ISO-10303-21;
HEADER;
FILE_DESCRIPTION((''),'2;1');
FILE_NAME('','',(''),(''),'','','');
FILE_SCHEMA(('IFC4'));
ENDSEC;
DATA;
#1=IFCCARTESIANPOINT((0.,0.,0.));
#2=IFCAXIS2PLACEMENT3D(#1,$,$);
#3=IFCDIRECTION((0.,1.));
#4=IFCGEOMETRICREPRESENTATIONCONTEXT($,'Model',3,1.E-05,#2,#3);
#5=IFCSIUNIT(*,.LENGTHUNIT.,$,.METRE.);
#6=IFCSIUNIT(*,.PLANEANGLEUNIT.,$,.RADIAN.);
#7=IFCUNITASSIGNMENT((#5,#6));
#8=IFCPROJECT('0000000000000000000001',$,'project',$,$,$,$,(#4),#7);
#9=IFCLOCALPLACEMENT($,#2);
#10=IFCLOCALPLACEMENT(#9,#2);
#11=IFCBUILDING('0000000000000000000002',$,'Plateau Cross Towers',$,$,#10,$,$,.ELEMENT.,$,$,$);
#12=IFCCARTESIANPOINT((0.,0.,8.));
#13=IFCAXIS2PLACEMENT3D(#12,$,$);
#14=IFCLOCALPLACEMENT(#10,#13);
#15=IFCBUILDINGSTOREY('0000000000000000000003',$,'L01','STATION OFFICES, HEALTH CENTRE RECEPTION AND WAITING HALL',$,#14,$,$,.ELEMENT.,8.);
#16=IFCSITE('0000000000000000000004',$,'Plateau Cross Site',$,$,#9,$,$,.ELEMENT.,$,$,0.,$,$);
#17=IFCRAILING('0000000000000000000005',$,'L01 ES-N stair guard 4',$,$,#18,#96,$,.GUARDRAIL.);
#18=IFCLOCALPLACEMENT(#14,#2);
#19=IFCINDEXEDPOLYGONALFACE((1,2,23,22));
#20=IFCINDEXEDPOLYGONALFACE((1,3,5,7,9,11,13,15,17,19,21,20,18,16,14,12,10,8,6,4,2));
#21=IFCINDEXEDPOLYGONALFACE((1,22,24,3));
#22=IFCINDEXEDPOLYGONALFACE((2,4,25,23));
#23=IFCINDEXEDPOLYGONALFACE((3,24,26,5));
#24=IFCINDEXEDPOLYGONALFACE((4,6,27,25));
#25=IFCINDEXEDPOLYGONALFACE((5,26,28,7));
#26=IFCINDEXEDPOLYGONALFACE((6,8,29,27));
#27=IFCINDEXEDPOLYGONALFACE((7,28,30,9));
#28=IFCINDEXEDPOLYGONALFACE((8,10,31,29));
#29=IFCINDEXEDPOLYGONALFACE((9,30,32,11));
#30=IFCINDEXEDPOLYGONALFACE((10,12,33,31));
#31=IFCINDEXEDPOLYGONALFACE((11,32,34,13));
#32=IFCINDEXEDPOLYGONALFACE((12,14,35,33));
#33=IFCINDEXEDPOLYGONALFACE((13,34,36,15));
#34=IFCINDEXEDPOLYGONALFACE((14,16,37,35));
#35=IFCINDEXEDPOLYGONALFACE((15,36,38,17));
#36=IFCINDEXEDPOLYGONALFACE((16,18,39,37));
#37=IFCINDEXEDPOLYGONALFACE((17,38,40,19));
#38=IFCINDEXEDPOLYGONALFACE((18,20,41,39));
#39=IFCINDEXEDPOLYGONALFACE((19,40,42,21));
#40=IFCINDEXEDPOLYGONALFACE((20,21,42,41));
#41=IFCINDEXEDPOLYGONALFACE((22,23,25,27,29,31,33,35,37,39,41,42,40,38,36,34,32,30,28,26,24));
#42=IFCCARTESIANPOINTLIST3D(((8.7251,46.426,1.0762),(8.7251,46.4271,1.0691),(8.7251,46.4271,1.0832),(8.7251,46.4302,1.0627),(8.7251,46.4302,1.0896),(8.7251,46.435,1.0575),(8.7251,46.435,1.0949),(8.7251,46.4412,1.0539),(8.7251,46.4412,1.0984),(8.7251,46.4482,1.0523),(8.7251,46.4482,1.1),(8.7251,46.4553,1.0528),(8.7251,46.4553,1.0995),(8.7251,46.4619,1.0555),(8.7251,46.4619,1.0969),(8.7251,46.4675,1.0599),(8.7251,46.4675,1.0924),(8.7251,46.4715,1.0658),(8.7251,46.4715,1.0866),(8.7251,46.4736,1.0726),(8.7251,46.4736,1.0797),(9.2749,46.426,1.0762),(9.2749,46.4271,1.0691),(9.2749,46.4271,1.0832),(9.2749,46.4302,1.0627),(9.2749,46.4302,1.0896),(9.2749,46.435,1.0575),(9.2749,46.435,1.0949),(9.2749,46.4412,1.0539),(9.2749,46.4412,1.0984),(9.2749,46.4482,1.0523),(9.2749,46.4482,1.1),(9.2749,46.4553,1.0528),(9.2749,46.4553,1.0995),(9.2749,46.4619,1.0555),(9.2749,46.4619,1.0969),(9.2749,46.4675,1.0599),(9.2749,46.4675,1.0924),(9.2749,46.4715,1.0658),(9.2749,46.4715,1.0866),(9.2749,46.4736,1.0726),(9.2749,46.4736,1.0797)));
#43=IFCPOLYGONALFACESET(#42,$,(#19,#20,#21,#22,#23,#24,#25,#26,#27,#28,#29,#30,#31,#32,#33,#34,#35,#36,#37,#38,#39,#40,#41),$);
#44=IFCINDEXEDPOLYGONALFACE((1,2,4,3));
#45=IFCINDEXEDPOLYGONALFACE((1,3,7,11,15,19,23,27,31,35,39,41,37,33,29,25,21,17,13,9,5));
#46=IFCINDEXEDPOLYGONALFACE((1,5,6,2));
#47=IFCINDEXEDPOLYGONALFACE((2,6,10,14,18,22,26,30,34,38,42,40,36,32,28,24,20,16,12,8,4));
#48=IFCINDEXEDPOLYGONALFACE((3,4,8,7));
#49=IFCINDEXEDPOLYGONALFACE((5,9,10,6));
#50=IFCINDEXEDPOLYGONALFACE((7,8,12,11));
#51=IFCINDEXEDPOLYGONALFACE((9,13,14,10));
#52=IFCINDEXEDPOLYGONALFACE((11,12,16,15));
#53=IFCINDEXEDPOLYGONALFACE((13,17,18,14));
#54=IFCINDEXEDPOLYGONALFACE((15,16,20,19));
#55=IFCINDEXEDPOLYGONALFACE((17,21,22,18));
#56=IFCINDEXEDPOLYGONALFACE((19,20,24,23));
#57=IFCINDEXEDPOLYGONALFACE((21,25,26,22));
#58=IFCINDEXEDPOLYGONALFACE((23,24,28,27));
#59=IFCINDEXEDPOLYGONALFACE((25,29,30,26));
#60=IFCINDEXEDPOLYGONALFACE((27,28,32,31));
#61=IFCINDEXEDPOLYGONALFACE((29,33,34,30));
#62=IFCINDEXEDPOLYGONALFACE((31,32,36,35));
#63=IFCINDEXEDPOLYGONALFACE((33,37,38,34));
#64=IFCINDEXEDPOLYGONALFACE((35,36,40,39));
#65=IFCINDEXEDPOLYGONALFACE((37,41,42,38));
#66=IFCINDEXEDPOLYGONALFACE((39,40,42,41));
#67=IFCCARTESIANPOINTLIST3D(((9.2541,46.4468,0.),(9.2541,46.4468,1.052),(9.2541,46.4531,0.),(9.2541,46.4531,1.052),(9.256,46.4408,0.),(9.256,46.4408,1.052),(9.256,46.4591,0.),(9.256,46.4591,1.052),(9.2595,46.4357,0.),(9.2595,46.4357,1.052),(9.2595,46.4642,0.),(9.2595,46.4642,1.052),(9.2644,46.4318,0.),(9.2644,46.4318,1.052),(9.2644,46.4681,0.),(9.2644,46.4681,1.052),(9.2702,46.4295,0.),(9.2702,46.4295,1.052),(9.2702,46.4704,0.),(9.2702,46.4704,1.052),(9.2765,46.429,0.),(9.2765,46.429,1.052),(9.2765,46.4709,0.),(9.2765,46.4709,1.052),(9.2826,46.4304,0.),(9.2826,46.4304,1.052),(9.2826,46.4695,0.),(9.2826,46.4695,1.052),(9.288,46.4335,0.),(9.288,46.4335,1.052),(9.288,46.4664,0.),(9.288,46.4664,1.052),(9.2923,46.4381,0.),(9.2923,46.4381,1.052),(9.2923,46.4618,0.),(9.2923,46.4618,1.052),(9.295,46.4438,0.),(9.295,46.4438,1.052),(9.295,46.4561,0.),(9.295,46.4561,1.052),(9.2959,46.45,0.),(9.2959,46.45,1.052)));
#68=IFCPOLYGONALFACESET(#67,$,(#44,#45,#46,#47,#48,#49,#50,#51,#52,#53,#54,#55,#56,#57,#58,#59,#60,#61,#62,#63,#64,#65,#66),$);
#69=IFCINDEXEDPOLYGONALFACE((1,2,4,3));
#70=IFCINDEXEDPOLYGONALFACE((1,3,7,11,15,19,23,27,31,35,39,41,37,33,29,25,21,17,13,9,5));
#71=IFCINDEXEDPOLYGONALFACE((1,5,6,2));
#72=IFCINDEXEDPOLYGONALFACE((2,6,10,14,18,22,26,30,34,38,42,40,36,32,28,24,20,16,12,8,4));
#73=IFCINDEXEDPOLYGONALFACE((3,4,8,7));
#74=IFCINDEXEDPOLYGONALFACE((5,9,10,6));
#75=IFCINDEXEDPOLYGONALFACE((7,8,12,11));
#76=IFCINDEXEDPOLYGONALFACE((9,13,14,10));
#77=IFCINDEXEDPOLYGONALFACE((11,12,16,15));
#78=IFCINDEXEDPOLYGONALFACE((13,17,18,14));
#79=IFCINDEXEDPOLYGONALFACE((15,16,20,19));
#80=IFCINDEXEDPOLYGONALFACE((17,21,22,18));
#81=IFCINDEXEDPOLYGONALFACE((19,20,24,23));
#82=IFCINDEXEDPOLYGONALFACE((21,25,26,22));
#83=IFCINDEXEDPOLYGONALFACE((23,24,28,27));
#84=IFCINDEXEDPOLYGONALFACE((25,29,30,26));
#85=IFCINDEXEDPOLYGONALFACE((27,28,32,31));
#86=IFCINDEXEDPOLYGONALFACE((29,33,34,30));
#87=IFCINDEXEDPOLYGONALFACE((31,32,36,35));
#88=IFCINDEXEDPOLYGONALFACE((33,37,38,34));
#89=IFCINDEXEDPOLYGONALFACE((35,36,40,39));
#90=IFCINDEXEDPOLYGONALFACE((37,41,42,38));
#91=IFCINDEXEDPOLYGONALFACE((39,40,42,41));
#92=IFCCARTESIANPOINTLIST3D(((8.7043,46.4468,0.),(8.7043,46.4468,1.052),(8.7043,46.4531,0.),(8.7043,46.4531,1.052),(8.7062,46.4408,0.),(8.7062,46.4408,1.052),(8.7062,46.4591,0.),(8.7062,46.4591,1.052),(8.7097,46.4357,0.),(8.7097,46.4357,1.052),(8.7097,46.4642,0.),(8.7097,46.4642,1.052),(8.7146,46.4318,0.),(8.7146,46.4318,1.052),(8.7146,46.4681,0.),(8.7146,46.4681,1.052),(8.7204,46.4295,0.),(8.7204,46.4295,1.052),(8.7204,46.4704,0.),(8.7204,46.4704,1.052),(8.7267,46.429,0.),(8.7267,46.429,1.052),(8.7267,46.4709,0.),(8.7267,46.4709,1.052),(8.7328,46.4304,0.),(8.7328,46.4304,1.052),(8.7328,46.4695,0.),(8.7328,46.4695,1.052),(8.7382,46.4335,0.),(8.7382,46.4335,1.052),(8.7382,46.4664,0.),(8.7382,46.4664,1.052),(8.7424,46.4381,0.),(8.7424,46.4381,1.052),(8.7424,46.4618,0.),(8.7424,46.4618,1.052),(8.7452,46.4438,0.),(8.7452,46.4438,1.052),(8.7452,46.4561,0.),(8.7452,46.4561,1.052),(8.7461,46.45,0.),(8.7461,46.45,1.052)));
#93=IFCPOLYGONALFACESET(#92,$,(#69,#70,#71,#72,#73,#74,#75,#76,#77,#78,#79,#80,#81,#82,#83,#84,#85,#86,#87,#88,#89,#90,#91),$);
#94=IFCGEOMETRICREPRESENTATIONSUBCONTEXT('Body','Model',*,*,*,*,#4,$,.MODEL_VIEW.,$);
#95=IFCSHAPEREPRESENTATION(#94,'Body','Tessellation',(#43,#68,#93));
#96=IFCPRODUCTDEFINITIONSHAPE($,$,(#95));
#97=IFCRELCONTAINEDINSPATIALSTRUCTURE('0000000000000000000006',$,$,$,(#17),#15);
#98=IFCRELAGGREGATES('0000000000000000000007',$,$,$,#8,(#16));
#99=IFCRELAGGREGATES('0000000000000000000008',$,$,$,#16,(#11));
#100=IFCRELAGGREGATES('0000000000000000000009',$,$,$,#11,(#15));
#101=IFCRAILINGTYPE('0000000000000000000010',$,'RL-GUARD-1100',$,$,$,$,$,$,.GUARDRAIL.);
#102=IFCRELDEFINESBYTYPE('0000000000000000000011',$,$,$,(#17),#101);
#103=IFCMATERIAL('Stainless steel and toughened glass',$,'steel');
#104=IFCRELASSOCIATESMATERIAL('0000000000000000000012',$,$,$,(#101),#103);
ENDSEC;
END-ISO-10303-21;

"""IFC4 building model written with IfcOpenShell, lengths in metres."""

from ifc_helpers import new_model, si_unit, direction, frame, origin, origin_2d, place, context, subcontext, project, spatial, circle, extrude, material, type_object, element, save


model = new_model("IFC4")

# Units and contexts
model_context = context("Model", 3, precision=1e-05, world=origin(), true_north=direction((0.0, 1.0)))
body_context = subcontext(model_context, "Body", "Model", "MODEL_VIEW")
ifc_project = project(units=[si_unit("LENGTHUNIT", "METRE"), si_unit("PLANEANGLEUNIT", "RADIAN")], contexts=[model_context])

# Site, building, storey
site_placement = place(None, origin())
site = spatial("IfcSite", under=ifc_project, at=site_placement, Name="Plateau Cross Site", CompositionType="ELEMENT", RefElevation=0.0)
building_placement = place(site_placement, origin())
building = spatial("IfcBuilding", under=site, at=building_placement, Name="Plateau Cross Towers", CompositionType="ELEMENT")
storey_placement = place(building_placement, frame((0.0, 0.0, 8.0)))
storey = spatial("IfcBuildingStorey", under=building, at=storey_placement, Name="L01", Description="STATION OFFICES, HEALTH CENTRE RECEPTION AND WAITING HALL", CompositionType="ELEMENT", Elevation=8.0)

# Railing
ifc_material_1 = material(Name="Stainless steel and toughened glass", Category="steel")
railing_type_1 = type_object("IfcRailingType", Name="RL-GUARD-1100", PredefinedType="GUARDRAIL", material=ifc_material_1)
railing_1_placement = place(storey_placement, frame((9.2749, 46.45, 0.0)))
element("IfcRailing", 1, at=railing_1_placement, inside=storey, type_object=railing_type_1, Name="L01 ES-N stair guard 4", PredefinedType="GUARDRAIL", context=body_context, shape_type="SweptSolid", body=[
    extrude(circle(Radius=0.0239, at=origin_2d()), frame((0.0, 0.0, 1.0762), z_axis=(-1.0, 0.0, 0.0), x_axis=(0.0, -1.0, 0.0)), (0.0, 0.0, 1.0), 0.5498),
    extrude(circle(Radius=0.021, at=origin_2d()), origin(), (0.0, 0.0, 1.0), 1.052),
    extrude(circle(Radius=0.021, at=origin_2d()), frame((-0.5498, 0.0, 0.0)), (0.0, 0.0, 1.0), 1.052),
])

save(model, "model.ifc")
